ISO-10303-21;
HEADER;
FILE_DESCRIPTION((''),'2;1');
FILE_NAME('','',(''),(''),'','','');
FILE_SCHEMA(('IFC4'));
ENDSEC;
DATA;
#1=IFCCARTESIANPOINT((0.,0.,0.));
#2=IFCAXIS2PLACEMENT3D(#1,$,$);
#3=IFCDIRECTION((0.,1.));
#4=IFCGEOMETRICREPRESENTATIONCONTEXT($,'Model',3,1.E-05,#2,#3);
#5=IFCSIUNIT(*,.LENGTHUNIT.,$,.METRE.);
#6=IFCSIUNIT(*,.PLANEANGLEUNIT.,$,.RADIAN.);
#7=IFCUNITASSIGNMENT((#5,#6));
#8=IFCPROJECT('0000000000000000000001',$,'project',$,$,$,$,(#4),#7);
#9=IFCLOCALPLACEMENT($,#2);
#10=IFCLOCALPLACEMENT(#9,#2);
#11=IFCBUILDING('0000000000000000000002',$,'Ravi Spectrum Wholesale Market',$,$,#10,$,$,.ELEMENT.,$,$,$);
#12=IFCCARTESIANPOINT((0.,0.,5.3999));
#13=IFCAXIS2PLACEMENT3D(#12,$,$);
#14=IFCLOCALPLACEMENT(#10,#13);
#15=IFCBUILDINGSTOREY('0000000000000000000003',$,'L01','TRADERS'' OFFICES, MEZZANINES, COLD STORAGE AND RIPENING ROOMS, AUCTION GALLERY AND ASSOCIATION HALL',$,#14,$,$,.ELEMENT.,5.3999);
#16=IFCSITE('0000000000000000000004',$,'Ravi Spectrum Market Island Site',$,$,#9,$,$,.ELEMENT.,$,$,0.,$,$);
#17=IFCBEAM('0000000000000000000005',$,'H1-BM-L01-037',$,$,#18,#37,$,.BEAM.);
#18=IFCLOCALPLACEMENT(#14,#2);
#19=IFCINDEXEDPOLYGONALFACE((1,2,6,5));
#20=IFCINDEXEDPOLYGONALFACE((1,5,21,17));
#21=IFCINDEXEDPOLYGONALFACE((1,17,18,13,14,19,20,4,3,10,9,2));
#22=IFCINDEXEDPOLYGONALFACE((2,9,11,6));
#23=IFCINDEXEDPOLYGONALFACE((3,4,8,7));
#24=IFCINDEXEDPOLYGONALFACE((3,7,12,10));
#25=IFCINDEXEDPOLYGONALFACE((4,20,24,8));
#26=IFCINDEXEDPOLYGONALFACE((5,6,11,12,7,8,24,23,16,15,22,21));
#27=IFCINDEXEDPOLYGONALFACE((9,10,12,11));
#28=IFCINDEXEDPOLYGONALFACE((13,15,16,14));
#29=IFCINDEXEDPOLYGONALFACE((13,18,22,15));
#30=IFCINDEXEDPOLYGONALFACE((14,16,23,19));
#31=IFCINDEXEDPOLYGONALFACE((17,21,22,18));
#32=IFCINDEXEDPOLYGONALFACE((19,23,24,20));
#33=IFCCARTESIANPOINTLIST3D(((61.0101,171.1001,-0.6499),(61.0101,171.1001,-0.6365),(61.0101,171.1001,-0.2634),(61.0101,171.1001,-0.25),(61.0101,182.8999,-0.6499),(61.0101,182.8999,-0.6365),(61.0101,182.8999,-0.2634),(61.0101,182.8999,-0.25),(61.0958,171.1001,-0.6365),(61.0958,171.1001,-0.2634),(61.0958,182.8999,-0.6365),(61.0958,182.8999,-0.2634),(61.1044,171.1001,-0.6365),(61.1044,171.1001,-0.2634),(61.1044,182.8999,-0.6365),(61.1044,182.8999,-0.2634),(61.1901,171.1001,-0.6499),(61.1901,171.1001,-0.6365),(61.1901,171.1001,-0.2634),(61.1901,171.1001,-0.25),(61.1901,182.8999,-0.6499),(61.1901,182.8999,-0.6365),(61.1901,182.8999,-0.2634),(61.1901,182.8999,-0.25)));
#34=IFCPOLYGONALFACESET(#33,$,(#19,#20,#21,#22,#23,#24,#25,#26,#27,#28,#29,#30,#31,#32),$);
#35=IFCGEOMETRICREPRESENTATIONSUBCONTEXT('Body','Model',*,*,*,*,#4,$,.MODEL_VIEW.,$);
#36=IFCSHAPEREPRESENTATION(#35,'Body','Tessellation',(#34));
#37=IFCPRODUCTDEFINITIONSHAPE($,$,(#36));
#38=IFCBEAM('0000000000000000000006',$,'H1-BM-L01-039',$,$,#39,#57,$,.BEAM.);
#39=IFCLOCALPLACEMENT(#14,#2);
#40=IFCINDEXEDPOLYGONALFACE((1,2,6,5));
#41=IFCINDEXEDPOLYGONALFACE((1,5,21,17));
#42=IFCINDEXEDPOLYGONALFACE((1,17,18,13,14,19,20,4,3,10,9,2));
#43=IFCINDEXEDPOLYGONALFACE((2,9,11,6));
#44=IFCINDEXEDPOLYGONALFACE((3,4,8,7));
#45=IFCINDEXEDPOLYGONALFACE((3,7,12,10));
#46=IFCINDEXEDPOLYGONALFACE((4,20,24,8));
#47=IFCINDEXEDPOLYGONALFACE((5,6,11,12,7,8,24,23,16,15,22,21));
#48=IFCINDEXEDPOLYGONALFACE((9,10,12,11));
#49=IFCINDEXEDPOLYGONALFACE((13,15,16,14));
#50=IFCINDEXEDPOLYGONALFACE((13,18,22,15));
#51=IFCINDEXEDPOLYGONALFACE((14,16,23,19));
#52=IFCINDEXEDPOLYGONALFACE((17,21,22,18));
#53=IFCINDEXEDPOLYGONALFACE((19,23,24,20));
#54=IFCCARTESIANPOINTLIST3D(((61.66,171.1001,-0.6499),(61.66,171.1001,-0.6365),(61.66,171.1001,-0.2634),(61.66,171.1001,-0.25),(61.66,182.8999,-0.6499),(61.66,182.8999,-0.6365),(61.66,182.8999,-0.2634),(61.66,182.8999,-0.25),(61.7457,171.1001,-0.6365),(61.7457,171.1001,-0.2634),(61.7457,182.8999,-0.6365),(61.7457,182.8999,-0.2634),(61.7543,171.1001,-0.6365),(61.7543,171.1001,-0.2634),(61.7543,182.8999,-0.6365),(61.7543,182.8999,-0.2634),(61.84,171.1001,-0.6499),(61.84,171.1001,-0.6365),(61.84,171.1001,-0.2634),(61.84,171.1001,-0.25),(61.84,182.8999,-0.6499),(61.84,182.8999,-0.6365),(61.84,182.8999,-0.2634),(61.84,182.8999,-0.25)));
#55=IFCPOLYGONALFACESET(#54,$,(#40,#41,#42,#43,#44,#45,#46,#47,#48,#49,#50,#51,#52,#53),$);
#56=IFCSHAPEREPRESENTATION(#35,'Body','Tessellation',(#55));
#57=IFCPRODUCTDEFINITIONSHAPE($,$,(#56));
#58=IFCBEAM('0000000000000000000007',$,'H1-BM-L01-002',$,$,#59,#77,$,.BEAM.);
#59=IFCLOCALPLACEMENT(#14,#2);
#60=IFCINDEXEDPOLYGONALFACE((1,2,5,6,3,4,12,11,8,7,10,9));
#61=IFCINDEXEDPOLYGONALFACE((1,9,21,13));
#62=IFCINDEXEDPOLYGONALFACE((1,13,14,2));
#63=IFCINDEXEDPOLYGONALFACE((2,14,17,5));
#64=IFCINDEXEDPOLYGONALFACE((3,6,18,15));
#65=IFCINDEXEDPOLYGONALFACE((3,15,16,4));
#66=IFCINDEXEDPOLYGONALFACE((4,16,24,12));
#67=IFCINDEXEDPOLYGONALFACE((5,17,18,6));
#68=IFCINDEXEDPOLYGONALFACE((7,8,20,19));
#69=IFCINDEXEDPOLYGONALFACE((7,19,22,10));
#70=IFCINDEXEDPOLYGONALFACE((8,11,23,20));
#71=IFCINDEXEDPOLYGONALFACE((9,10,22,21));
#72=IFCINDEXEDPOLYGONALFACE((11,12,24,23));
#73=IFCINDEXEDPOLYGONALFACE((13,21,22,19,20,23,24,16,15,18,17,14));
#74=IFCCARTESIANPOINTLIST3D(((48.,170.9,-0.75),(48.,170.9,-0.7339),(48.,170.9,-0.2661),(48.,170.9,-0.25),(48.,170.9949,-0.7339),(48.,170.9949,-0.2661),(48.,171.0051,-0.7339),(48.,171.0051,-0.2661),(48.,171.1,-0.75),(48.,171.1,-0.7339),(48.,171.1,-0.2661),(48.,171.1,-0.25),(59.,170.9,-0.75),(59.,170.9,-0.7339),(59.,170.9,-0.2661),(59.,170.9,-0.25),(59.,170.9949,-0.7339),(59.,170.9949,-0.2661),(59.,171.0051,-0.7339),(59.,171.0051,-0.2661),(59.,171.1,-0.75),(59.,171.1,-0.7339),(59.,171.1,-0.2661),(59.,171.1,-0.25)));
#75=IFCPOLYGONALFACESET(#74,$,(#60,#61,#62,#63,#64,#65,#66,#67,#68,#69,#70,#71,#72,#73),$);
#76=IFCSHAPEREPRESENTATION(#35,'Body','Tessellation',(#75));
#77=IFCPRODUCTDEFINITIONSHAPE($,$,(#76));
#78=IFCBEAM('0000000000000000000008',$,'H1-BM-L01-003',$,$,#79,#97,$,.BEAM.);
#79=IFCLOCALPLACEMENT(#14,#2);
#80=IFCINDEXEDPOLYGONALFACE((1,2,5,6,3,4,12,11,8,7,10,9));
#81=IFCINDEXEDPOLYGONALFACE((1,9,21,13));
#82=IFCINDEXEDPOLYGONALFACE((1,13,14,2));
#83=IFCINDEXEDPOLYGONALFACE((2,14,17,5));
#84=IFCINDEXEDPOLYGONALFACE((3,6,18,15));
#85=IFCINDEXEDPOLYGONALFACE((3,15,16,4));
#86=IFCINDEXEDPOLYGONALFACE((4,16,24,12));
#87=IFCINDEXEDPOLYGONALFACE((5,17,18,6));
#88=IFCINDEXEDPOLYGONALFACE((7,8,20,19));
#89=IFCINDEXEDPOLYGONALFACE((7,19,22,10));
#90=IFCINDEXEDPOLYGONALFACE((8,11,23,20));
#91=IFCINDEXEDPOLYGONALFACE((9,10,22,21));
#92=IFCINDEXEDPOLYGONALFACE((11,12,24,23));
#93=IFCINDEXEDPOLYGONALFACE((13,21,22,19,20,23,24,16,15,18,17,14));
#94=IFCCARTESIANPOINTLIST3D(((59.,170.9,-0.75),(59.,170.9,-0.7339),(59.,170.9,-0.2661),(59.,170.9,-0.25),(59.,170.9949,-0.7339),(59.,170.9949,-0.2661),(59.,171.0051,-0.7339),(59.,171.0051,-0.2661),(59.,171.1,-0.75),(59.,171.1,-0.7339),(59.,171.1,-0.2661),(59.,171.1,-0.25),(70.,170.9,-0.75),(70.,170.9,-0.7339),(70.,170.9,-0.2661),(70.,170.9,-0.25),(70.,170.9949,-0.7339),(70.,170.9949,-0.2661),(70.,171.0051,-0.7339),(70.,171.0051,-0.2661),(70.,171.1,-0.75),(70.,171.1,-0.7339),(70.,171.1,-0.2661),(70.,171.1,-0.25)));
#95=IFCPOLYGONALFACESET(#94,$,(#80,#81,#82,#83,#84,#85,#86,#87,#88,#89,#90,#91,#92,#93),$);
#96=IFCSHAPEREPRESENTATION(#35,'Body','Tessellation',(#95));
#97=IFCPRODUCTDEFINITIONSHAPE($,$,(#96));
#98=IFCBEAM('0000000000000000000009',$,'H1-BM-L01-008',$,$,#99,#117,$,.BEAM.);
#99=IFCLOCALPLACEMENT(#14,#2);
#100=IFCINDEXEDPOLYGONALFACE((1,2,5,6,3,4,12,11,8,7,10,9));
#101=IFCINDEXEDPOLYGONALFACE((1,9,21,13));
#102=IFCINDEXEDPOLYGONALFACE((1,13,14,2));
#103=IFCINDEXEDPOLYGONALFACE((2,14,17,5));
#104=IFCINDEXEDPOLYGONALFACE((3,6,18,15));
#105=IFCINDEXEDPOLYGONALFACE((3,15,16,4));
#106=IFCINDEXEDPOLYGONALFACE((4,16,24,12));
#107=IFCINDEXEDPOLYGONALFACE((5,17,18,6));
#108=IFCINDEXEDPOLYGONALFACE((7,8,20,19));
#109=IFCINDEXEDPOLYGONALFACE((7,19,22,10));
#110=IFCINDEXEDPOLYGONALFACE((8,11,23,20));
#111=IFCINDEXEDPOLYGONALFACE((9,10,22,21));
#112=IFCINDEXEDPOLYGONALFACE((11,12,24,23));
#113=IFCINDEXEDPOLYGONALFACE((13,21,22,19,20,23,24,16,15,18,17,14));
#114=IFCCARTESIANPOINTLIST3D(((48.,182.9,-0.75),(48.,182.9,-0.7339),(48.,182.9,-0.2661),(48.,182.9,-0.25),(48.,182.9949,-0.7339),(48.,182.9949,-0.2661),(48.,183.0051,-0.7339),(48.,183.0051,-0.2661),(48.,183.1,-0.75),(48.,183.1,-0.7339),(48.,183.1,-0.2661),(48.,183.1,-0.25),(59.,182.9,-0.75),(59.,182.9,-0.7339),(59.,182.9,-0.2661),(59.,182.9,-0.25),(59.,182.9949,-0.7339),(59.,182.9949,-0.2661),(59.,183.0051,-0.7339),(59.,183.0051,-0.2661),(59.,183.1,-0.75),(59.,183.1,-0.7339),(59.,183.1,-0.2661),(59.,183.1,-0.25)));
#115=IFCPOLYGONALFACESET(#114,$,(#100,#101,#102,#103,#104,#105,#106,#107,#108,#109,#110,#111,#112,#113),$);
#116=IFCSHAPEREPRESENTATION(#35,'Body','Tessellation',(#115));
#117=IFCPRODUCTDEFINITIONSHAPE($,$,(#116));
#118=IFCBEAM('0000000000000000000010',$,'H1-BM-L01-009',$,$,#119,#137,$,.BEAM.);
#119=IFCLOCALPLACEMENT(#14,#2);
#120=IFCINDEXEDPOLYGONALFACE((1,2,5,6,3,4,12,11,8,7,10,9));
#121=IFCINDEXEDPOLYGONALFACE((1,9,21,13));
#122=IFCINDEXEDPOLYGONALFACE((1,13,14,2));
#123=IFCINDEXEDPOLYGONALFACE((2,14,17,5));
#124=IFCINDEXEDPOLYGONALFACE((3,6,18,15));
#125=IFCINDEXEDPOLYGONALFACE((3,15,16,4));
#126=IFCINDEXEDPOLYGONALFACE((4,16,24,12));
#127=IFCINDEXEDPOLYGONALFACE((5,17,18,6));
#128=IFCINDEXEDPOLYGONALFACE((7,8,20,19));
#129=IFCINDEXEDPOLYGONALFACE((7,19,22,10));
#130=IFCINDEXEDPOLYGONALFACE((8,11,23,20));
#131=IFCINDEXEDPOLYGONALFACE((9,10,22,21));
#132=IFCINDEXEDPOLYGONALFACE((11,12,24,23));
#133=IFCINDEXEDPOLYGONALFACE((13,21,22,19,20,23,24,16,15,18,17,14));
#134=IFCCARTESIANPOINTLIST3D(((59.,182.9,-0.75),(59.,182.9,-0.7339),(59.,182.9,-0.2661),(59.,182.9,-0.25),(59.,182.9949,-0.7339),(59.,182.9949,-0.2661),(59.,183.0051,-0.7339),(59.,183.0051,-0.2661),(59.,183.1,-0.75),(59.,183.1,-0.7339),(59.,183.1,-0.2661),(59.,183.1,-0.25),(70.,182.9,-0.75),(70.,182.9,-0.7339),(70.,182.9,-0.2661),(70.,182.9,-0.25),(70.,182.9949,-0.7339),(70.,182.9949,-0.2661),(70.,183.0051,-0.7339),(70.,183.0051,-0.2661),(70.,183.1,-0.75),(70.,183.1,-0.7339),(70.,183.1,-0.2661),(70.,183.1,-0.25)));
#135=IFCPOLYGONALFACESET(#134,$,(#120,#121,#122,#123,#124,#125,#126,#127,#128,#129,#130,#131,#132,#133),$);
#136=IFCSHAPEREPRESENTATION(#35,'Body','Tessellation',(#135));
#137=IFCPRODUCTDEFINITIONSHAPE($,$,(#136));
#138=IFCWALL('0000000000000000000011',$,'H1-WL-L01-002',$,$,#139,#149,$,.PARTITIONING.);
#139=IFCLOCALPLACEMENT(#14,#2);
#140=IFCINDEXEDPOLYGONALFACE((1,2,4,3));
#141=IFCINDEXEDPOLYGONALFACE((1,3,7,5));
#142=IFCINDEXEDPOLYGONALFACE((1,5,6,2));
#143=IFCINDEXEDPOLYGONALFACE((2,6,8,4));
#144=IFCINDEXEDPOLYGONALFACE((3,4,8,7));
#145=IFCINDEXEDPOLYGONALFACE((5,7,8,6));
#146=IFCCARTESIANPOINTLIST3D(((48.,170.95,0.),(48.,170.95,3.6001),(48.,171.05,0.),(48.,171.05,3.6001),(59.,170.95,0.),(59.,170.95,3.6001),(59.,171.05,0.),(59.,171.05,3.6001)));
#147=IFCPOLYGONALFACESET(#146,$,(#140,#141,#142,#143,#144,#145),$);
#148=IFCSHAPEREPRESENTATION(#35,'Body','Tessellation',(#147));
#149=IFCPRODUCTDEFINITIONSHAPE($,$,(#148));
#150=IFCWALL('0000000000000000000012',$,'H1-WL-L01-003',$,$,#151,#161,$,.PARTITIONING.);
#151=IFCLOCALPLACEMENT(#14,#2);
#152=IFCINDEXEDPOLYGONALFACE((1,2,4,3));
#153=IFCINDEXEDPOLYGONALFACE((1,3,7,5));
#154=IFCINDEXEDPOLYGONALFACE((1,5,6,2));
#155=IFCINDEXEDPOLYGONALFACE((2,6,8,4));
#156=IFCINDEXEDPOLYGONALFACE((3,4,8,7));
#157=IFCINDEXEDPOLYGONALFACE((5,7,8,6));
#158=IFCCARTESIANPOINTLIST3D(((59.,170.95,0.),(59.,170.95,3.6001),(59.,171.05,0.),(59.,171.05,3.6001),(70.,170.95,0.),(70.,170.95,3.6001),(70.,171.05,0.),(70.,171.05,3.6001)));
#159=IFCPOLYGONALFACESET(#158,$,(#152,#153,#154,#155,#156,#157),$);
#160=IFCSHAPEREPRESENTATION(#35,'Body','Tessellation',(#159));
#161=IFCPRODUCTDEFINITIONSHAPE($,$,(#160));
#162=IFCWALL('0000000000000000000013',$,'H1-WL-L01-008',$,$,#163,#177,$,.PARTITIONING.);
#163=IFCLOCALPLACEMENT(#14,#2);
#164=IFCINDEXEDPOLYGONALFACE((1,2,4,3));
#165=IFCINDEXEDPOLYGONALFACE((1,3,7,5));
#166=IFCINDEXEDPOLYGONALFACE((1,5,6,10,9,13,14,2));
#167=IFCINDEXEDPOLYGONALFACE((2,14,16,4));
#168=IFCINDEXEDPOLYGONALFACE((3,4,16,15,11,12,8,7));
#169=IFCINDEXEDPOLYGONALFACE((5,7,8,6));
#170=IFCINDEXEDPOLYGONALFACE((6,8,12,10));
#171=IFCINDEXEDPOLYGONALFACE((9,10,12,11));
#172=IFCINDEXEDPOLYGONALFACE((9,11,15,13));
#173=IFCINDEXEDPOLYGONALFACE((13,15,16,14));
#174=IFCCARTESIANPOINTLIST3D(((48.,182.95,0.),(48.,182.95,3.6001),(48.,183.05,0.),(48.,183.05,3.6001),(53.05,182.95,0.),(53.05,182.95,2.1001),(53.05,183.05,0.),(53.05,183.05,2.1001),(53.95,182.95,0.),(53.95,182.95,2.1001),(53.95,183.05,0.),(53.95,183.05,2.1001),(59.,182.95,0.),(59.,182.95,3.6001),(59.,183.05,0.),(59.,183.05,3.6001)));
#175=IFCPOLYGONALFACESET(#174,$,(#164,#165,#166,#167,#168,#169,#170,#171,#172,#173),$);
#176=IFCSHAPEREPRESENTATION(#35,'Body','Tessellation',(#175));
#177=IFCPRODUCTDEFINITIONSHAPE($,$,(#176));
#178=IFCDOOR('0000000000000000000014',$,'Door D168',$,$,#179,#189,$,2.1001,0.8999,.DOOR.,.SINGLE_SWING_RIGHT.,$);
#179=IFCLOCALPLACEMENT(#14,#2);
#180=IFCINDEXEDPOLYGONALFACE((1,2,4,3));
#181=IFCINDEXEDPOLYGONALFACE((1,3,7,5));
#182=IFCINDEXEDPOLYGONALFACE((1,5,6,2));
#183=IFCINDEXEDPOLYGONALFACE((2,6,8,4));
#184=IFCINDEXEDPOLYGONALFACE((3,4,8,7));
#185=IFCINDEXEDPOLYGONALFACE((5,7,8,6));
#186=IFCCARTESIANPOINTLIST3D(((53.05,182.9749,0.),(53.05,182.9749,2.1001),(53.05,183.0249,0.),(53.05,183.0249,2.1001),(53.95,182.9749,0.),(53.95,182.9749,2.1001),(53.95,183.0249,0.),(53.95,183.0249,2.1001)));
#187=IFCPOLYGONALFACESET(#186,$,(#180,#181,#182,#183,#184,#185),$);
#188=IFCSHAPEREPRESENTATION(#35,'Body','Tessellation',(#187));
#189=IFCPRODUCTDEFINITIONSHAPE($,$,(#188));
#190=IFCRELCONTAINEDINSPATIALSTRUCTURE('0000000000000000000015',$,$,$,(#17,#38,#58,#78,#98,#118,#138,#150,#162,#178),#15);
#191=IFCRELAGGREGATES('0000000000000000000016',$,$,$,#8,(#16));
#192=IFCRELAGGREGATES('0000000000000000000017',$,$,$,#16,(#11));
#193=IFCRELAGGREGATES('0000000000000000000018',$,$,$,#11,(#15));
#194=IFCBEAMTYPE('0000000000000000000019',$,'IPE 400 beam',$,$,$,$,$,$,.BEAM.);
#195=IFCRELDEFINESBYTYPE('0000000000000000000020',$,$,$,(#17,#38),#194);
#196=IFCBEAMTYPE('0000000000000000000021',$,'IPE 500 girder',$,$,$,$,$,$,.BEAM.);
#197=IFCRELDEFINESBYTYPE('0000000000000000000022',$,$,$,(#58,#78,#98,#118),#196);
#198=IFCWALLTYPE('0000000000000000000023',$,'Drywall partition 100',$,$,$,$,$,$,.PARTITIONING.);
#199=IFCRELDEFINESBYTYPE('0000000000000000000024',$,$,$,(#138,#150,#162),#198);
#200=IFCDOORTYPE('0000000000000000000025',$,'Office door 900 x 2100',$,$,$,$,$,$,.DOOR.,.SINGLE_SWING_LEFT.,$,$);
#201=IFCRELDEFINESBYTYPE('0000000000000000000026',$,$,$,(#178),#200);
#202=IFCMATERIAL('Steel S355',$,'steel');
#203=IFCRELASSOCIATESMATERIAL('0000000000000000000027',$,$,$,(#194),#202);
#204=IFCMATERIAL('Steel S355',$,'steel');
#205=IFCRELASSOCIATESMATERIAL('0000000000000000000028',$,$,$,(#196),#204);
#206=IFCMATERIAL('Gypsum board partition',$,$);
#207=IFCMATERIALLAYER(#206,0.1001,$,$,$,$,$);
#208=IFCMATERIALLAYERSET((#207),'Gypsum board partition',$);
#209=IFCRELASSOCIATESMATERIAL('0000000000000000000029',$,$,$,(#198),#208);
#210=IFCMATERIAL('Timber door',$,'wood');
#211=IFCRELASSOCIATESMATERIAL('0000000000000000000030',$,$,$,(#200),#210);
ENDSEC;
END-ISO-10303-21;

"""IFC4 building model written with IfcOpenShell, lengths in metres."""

from ifc_helpers import new_model, si_unit, direction, frame, frame_2d, origin, origin_2d, place, context, subcontext, project, spatial, rectangle, i_section, extrude, material, layer, layer_set, material_profile, profile_set, type_object, element, fill, save


model = new_model("IFC4")

# Units and contexts
model_context = context("Model", 3, precision=1e-05, world=origin(), true_north=direction((0.0, 1.0)))
body_context = subcontext(model_context, "Body", "Model", "MODEL_VIEW")
ifc_project = project(units=[si_unit("LENGTHUNIT", "METRE"), si_unit("PLANEANGLEUNIT", "RADIAN")], contexts=[model_context])

# Site, building, storey
site_placement = place(None, origin())
site = spatial("IfcSite", under=ifc_project, at=site_placement, Name="Ravi Spectrum Market Island Site", CompositionType="ELEMENT", RefElevation=0.0)
building_placement = place(site_placement, origin())
building = spatial("IfcBuilding", under=site, at=building_placement, Name="Ravi Spectrum Wholesale Market", CompositionType="ELEMENT")
storey_placement = place(building_placement, frame((0.0, 0.0, 5.3999)))
storey = spatial("IfcBuildingStorey", under=building, at=storey_placement, Name="L01", Description="TRADERS' OFFICES, MEZZANINES, COLD STORAGE AND RIPENING ROOMS, AUCTION GALLERY AND ASSOCIATION HALL", CompositionType="ELEMENT", Elevation=5.3999)

# Beams
ifc_material_1 = material(Name="Steel S355", Category="steel")
ifc_material_profile_1 = material_profile(ifc_material_1, i_section(OverallWidth=0.1799, OverallDepth=0.3999, WebThickness=0.0085, FlangeThickness=0.0134, at=origin_2d()))
ifc_profile_set_1 = profile_set([ifc_material_profile_1], Name="Steel S355")
beam_type_1 = type_object("IfcBeamType", Name="IPE 400 beam", PredefinedType="BEAM", material=ifc_profile_set_1)
for number, where, z_axis, x_axis, name in (
    (1, (61.1001, 171.1001, -0.45), (0.0, 1.0, 0.0), (-1.0, 0.0, 0.0), "H1-BM-L01-037"),
    (2, (61.75, 171.1001, -0.45), (0.0, 1.0, 0.0), (-1.0, 0.0, 0.0), "H1-BM-L01-039"),
):
    element("IfcBeam", number, at=place(storey_placement, frame(where, z_axis=z_axis, x_axis=x_axis)), inside=storey, type_object=beam_type_1, Name=name, PredefinedType="BEAM", context=body_context, shape_type="SweptSolid", body=[
        extrude(i_section(OverallWidth=0.1799, OverallDepth=0.3999, WebThickness=0.0085, FlangeThickness=0.0134, at=origin_2d()), origin(), (0.0, 0.0, 1.0), 11.7998),
    ])
ifc_material_2 = material(Name="Steel S355", Category="steel")
ifc_material_profile_2 = material_profile(ifc_material_2, i_section(OverallWidth=0.2, OverallDepth=0.5, WebThickness=0.0103, FlangeThickness=0.0161, at=origin_2d()))
ifc_profile_set_2 = profile_set([ifc_material_profile_2], Name="Steel S355")
beam_type_2 = type_object("IfcBeamType", Name="IPE 500 girder", PredefinedType="BEAM", material=ifc_profile_set_2)
for number, where, z_axis, x_axis, name in (
    (3, (48.0, 171.0, -0.5), (1.0, 0.0, 0.0), (0.0, 1.0, 0.0), "H1-BM-L01-002"),
    (4, (59.0, 171.0, -0.5), (1.0, 0.0, 0.0), (0.0, 1.0, 0.0), "H1-BM-L01-003"),
    (5, (48.0, 183.0, -0.5), (1.0, 0.0, 0.0), (0.0, 1.0, 0.0), "H1-BM-L01-008"),
    (6, (59.0, 183.0, -0.5), (1.0, 0.0, 0.0), (0.0, 1.0, 0.0), "H1-BM-L01-009"),
):
    element("IfcBeam", number, at=place(storey_placement, frame(where, z_axis=z_axis, x_axis=x_axis)), inside=storey, type_object=beam_type_2, Name=name, PredefinedType="BEAM", context=body_context, shape_type="SweptSolid", body=[
        extrude(i_section(OverallWidth=0.2, OverallDepth=0.5, WebThickness=0.0103, FlangeThickness=0.0161, at=origin_2d()), origin(), (0.0, 0.0, 1.0), 11.0),
    ])

# Walls
ifc_material_3 = material(Name="Gypsum board partition")
ifc_layer = layer(ifc_material_3, 0.1001)
ifc_layer_set = layer_set([ifc_layer], Name="Gypsum board partition")
wall_type = type_object("IfcWallType", Name="Drywall partition 100", PredefinedType="PARTITIONING", material=ifc_layer_set)
for number, where, z_axis, x_axis, name in (
    (7, (48.0, 171.0, 0.0), (0.0, 0.0, 1.0), (1.0, 0.0, 0.0), "H1-WL-L01-002"),
    (8, (59.0, 171.0, 0.0), (0.0, 0.0, 1.0), (1.0, 0.0, 0.0), "H1-WL-L01-003"),
):
    element("IfcWall", number, at=place(storey_placement, frame(where, z_axis=z_axis, x_axis=x_axis)), inside=storey, type_object=wall_type, Name=name, PredefinedType="PARTITIONING", context=body_context, shape_type="SweptSolid", body=[
        extrude(rectangle(XDim=11.0, YDim=0.1001, at=frame_2d((5.5, 0.0))), origin(), (0.0, 0.0, 1.0), 3.6001),
    ])

# Wall, opening, door
wall_1_placement = place(storey_placement, frame((48.0, 183.0, 0.0), z_axis=(0.0, 0.0, 1.0), x_axis=(1.0, 0.0, 0.0)))
wall_1 = element("IfcWall", 9, at=wall_1_placement, inside=storey, type_object=wall_type, Name="H1-WL-L01-008", PredefinedType="PARTITIONING", context=body_context, shape_type="SweptSolid", body=[
    extrude(rectangle(XDim=11.0, YDim=0.1001, at=frame_2d((5.5, 0.0))), origin(), (0.0, 0.0, 1.0), 3.6001),
])
opening_1_placement = place(wall_1_placement, frame((5.05, 0.0, 0.0)))
opening_1 = element("IfcOpeningElement", 10, at=opening_1_placement, cuts=wall_1, PredefinedType="OPENING", context=body_context, shape_type="SweptSolid", body=[
    extrude(rectangle(XDim=0.8999, YDim=2.1001, at=frame_2d((0.45, 1.05))), frame((0.0, 0.0601, 0.0), z_axis=(0.0, -1.0, 0.0), x_axis=(1.0, 0.0, 0.0)), (0.0, 0.0, 1.0), 0.1201),
])
ifc_material_4 = material(Name="Timber door", Category="wood")
door_type = type_object("IfcDoorType", Name="Office door 900 x 2100", OperationType="SINGLE_SWING_LEFT", PredefinedType="DOOR", material=ifc_material_4)
door_1_placement = place(opening_1_placement, origin())
door_1 = element("IfcDoor", 11, at=door_1_placement, inside=storey, type_object=door_type, Name="Door D168", OperationType="SINGLE_SWING_RIGHT", OverallHeight=2.1001, OverallWidth=0.8999, PredefinedType="DOOR", context=body_context, shape_type="SweptSolid", body=[
    extrude(rectangle(XDim=0.8999, YDim=2.1001, at=frame_2d((0.45, 1.05))), frame((0.0, 0.0249, 0.0), z_axis=(0.0, -1.0, 0.0), x_axis=(1.0, 0.0, 0.0)), (0.0, 0.0, 1.0), 0.05),
])
fill(opening_1, door_1)

save(model, "model.ifc")
